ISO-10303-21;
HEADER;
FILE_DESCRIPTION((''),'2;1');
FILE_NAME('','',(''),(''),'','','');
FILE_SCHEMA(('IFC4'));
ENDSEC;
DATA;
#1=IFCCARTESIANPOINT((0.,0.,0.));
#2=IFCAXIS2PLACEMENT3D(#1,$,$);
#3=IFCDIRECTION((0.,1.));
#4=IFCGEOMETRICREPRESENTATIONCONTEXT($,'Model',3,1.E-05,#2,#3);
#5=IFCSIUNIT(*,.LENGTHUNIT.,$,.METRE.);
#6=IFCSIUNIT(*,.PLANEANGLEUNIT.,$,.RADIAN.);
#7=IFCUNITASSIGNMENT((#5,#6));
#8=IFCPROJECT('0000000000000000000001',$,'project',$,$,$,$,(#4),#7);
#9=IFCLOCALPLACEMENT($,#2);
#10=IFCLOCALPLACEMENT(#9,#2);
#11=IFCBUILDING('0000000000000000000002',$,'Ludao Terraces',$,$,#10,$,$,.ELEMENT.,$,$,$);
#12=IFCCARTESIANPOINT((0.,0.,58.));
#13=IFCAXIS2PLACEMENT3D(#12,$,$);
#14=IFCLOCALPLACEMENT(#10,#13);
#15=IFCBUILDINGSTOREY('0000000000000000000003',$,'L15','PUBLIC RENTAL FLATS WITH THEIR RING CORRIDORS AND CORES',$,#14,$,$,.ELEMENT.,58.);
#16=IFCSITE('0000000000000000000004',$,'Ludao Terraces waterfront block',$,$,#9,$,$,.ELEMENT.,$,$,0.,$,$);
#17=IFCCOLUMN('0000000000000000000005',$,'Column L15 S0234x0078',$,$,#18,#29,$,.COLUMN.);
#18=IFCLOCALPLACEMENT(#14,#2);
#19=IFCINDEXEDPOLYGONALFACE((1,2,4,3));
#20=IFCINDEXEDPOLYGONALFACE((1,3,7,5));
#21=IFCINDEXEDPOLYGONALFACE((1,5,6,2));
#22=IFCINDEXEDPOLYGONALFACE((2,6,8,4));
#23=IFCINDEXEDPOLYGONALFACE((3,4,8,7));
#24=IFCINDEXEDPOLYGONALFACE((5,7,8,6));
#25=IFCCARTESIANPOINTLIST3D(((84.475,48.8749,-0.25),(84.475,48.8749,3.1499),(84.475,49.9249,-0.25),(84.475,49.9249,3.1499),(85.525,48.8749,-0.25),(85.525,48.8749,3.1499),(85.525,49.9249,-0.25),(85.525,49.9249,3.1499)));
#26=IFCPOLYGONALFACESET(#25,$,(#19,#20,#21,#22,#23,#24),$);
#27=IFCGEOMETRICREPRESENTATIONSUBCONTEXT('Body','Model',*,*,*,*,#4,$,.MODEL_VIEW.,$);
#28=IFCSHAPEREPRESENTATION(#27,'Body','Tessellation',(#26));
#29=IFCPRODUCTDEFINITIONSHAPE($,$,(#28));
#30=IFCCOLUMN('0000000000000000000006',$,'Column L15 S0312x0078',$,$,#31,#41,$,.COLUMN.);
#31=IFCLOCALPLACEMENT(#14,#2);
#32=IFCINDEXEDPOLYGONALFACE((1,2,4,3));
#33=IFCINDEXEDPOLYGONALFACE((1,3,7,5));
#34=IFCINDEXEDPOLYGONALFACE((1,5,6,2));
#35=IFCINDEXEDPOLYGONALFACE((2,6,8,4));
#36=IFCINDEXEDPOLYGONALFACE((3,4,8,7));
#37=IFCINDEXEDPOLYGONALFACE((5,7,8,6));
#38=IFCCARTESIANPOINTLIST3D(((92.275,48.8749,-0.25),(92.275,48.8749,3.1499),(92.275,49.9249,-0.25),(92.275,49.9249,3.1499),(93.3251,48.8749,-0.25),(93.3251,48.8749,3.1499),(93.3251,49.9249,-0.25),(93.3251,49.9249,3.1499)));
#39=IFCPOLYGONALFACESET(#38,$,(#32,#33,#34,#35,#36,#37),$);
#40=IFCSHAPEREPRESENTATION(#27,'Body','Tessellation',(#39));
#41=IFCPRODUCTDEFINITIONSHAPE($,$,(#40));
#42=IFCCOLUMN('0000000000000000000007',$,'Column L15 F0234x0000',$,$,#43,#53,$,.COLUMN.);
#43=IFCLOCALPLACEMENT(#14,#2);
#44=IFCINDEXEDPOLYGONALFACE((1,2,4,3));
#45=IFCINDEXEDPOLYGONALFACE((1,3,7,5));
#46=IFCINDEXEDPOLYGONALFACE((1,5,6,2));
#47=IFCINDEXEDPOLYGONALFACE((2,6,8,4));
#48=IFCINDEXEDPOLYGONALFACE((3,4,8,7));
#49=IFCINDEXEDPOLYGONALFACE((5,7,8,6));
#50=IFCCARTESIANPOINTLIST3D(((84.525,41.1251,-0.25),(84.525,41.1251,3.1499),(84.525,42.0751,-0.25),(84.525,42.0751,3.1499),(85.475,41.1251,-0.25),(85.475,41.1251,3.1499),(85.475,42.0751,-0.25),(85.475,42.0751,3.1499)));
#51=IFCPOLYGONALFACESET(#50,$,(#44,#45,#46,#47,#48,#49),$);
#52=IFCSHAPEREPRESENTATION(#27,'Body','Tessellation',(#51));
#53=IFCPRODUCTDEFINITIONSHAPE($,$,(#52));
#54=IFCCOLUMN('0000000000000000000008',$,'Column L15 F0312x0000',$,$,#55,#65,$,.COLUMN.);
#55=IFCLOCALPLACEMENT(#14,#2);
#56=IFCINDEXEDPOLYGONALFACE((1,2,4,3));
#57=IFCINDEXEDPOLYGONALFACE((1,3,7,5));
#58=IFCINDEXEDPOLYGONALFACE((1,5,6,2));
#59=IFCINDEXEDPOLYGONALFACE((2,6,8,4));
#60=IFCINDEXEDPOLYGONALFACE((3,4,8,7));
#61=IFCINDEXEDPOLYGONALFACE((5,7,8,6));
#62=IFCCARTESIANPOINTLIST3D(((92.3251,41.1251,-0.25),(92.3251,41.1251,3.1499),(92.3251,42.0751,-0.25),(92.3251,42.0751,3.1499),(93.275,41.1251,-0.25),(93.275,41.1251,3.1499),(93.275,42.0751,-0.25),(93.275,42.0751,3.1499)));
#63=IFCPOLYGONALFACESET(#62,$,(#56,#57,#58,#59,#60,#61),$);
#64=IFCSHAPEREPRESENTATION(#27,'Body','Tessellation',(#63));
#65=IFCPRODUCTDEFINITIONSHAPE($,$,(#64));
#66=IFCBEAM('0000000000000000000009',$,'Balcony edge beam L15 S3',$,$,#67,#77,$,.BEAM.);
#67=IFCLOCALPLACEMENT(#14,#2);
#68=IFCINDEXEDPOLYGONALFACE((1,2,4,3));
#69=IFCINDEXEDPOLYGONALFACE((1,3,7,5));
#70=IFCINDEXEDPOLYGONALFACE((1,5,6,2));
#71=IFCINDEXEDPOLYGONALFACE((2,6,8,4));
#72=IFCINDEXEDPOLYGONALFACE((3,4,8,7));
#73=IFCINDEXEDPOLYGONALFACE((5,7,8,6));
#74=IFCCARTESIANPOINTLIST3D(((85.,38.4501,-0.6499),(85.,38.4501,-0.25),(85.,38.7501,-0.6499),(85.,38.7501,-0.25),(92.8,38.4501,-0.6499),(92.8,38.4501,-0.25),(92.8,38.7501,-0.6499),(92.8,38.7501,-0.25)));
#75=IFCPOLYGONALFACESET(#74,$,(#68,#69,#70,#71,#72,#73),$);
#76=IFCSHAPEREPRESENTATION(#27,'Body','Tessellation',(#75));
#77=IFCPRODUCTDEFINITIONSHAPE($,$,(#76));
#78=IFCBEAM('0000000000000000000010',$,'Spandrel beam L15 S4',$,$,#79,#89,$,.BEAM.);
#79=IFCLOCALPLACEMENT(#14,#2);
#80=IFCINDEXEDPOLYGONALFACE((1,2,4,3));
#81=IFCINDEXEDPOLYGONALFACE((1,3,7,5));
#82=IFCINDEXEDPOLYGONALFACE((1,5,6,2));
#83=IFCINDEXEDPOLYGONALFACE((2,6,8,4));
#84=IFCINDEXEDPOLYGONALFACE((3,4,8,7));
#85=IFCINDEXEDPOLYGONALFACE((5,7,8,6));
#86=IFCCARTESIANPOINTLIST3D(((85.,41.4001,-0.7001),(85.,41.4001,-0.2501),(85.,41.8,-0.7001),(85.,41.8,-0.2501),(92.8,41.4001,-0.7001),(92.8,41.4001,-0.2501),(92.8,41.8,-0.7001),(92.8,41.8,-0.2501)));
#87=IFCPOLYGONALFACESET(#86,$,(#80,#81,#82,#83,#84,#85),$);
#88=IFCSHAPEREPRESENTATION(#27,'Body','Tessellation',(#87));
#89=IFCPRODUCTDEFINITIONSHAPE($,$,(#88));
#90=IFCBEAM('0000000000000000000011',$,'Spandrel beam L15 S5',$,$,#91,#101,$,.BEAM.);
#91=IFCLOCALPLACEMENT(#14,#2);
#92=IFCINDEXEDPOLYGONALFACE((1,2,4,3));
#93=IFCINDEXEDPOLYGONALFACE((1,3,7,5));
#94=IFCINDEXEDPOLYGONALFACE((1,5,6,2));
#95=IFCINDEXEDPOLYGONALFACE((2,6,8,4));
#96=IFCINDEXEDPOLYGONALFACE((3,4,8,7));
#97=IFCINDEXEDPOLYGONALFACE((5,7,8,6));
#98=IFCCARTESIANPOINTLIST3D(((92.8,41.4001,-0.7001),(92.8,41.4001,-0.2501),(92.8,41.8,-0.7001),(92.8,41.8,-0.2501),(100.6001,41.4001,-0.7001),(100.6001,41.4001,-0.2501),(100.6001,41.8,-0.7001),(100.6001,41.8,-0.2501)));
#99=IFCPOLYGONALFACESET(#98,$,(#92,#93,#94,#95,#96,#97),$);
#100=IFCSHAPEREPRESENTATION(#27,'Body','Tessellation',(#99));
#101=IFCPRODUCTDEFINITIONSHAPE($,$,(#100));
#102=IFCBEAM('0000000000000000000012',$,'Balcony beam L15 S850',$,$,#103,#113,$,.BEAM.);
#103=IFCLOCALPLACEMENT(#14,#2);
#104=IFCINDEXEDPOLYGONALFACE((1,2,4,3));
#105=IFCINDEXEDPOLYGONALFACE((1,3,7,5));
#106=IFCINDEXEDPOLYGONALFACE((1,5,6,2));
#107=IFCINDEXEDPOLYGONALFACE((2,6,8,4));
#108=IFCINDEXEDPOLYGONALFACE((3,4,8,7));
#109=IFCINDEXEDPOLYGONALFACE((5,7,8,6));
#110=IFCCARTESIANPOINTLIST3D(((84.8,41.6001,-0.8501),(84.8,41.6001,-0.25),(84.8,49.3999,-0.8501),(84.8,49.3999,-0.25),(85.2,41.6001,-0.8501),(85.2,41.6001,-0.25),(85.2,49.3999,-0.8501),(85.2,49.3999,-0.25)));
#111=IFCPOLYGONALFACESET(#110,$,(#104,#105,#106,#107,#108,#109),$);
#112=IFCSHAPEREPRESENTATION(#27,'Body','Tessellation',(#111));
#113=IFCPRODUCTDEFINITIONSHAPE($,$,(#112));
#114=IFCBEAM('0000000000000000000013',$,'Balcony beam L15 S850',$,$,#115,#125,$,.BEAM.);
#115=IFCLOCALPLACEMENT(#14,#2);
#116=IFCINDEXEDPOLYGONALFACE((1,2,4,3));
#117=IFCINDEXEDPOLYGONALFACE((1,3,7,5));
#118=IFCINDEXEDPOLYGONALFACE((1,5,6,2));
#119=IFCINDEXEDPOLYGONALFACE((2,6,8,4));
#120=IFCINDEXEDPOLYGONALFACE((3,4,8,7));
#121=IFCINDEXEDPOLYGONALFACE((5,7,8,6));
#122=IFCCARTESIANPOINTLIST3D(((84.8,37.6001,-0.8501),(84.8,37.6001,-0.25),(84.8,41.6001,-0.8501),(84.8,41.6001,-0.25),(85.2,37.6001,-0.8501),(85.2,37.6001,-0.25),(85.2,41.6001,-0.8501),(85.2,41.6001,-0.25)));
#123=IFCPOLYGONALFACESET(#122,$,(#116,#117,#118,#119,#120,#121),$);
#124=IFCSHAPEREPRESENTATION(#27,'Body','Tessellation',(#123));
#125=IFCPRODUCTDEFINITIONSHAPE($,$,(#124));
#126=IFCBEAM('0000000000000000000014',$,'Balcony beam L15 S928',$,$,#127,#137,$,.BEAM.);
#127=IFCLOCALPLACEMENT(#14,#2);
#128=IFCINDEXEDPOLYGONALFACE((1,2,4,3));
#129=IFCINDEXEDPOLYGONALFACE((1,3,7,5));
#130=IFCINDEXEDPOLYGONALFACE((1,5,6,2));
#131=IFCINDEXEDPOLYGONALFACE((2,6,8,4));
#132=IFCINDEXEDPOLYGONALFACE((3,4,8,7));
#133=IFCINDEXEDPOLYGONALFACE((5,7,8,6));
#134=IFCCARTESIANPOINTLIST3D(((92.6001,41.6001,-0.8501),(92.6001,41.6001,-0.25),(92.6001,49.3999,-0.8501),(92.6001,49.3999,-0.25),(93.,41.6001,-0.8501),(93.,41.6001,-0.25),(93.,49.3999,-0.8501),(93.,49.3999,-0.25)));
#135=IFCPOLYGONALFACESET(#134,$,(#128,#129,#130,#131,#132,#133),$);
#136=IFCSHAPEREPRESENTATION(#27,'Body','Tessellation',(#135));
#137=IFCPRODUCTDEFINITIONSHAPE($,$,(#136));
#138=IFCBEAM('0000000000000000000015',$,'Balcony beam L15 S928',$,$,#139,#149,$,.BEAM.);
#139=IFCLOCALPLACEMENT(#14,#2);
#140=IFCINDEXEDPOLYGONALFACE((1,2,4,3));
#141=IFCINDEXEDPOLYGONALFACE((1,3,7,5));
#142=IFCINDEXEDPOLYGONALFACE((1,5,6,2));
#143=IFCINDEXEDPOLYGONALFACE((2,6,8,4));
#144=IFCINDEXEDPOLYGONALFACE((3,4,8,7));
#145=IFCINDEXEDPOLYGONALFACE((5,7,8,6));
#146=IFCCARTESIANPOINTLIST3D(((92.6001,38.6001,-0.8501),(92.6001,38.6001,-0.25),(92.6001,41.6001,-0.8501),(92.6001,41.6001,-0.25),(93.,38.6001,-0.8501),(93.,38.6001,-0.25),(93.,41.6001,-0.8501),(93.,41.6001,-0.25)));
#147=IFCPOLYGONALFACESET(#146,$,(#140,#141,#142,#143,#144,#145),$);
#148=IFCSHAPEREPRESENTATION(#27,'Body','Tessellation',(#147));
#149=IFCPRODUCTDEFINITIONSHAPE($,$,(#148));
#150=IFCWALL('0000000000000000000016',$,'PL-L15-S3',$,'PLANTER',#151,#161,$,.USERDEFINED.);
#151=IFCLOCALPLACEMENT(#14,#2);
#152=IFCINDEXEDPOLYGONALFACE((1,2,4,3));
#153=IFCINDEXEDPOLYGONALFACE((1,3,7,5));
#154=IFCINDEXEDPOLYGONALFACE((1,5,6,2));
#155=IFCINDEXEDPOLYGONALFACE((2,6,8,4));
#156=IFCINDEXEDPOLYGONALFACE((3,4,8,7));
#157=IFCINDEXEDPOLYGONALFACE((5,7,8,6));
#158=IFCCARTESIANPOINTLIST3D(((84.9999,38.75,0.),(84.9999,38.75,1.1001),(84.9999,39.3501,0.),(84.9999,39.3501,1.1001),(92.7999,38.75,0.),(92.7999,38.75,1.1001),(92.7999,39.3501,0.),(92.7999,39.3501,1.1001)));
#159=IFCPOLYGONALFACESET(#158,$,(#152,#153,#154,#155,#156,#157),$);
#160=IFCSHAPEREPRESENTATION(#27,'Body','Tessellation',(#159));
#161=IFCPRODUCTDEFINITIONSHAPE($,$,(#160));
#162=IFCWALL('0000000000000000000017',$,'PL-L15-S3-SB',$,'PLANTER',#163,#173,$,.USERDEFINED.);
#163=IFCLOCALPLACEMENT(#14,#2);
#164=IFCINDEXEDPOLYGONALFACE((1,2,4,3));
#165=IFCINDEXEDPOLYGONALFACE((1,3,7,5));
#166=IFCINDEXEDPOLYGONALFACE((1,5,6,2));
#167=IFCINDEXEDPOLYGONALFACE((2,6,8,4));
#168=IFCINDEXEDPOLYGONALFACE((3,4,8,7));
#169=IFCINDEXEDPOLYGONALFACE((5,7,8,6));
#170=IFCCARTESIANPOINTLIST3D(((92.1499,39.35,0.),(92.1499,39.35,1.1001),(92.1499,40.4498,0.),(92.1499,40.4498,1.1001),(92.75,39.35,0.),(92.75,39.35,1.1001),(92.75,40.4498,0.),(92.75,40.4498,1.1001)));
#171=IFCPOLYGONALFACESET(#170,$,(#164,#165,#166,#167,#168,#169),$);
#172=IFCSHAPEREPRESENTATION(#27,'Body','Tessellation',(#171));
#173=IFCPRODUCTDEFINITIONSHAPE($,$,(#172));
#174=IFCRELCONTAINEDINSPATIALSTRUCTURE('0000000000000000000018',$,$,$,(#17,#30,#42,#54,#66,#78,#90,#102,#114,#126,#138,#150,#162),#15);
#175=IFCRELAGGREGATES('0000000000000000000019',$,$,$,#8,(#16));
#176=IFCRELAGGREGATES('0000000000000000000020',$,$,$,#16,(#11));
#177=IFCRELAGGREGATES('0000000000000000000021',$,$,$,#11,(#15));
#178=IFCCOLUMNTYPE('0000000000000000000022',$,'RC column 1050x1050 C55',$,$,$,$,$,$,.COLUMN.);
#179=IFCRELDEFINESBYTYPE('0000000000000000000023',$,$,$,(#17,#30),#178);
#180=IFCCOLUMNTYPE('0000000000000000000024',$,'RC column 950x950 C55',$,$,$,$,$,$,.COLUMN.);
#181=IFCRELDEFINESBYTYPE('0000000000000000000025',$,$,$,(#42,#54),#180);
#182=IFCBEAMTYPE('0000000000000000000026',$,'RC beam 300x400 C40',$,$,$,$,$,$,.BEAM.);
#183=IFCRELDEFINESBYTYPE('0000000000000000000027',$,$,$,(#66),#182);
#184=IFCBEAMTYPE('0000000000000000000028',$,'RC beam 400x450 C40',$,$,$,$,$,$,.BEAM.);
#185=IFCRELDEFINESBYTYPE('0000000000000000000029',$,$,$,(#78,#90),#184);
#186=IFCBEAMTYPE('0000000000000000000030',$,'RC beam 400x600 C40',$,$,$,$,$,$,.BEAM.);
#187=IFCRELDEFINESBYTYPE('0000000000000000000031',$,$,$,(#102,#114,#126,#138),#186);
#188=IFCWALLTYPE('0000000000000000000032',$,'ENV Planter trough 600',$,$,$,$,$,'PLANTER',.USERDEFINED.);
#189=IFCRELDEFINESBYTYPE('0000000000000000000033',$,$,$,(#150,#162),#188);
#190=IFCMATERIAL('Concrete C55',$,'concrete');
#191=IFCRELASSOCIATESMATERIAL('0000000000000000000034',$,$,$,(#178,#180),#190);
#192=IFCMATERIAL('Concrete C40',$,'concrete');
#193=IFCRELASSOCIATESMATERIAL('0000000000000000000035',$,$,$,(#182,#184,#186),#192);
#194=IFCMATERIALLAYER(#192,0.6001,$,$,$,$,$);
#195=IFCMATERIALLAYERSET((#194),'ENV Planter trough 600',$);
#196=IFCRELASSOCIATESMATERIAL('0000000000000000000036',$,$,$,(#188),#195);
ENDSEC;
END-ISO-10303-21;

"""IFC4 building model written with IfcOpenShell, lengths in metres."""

from ifc_helpers import new_model, si_unit, direction, frame, frame_2d, origin, origin_2d, place, context, subcontext, project, spatial, rectangle, extrude, material, layer, layer_set, material_profile, profile_set, type_object, element, save


model = new_model("IFC4")

# Units and contexts
model_context = context("Model", 3, precision=1e-05, world=origin(), true_north=direction((0.0, 1.0)))
body_context = subcontext(model_context, "Body", "Model", "MODEL_VIEW")
ifc_project = project(units=[si_unit("LENGTHUNIT", "METRE"), si_unit("PLANEANGLEUNIT", "RADIAN")], contexts=[model_context])

# Site, building, storey
site_placement = place(None, origin())
site = spatial("IfcSite", under=ifc_project, at=site_placement, Name="Ludao Terraces waterfront block", CompositionType="ELEMENT", RefElevation=0.0)
building_placement = place(site_placement, origin())
building = spatial("IfcBuilding", under=site, at=building_placement, Name="Ludao Terraces", CompositionType="ELEMENT")
storey_placement = place(building_placement, frame((0.0, 0.0, 58.0)))
storey = spatial("IfcBuildingStorey", under=building, at=storey_placement, Name="L15", Description="PUBLIC RENTAL FLATS WITH THEIR RING CORRIDORS AND CORES", CompositionType="ELEMENT", Elevation=58.0)

# Columns
ifc_material_1 = material(Name="Concrete C55", Category="concrete")
ifc_material_profile_1 = material_profile(ifc_material_1, rectangle(XDim=1.05, YDim=1.05, at=origin_2d()), Name="1050 X 1050")
ifc_profile_set_1 = profile_set([ifc_material_profile_1], Name="Concrete C55")
column_type_1 = type_object("IfcColumnType", Name="RC column 1050x1050 C55", PredefinedType="COLUMN", material=ifc_profile_set_1)
for number, where, z_axis, x_axis, name in (
    (1, (85.0, 49.3999, -0.25), (0.0, 0.0, 1.0), (1.0, 0.0, 0.0), "Column L15 S0234x0078"),
    (2, (92.8, 49.3999, -0.25), (0.0, 0.0, 1.0), (1.0, 0.0, 0.0), "Column L15 S0312x0078"),
):
    element("IfcColumn", number, at=place(storey_placement, frame(where, z_axis=z_axis, x_axis=x_axis)), inside=storey, type_object=column_type_1, Name=name, PredefinedType="COLUMN", context=body_context, shape_type="SweptSolid", body=[
        extrude(rectangle(XDim=1.05, YDim=1.05, at=origin_2d()), origin(), (0.0, 0.0, 1.0), 3.3999),
    ])
ifc_material_profile_2 = material_profile(ifc_material_1, rectangle(XDim=0.95, YDim=0.95, at=origin_2d()), Name="950 X 950")
ifc_profile_set_2 = profile_set([ifc_material_profile_2], Name="Concrete C55")
column_type_2 = type_object("IfcColumnType", Name="RC column 950x950 C55", PredefinedType="COLUMN", material=ifc_profile_set_2)
for number, where, z_axis, x_axis, name in (
    (3, (85.0, 41.6001, -0.25), (0.0, 0.0, 1.0), (1.0, 0.0, 0.0), "Column L15 F0234x0000"),
    (4, (92.8, 41.6001, -0.25), (0.0, 0.0, 1.0), (1.0, 0.0, 0.0), "Column L15 F0312x0000"),
):
    element("IfcColumn", number, at=place(storey_placement, frame(where, z_axis=z_axis, x_axis=x_axis)), inside=storey, type_object=column_type_2, Name=name, PredefinedType="COLUMN", context=body_context, shape_type="SweptSolid", body=[
        extrude(rectangle(XDim=0.95, YDim=0.95, at=origin_2d()), origin(), (0.0, 0.0, 1.0), 3.3999),
    ])

# Beams
ifc_material_2 = material(Name="Concrete C40", Category="concrete")
ifc_material_profile_3 = material_profile(ifc_material_2, rectangle(XDim=0.3, YDim=0.3999, at=origin_2d()), Name="300 X 400")
ifc_profile_set_3 = profile_set([ifc_material_profile_3], Name="Concrete C40")
beam_type_1 = type_object("IfcBeamType", Name="RC beam 300x400 C40", PredefinedType="BEAM", material=ifc_profile_set_3)
beam_1_placement = place(storey_placement, frame((85.0, 38.6001, -0.45), z_axis=(1.0, 0.0, 0.0), x_axis=(0.0, 1.0, 0.0)))
element("IfcBeam", 5, at=beam_1_placement, inside=storey, type_object=beam_type_1, Name="Balcony edge beam L15 S3", PredefinedType="BEAM", context=body_context, shape_type="SweptSolid", body=[
    extrude(rectangle(XDim=0.3, YDim=0.3999, at=origin_2d()), origin(), (0.0, 0.0, 1.0), 7.8),
])
ifc_material_profile_4 = material_profile(ifc_material_2, rectangle(XDim=0.3999, YDim=0.45, at=origin_2d()), Name="400 X 450")
ifc_profile_set_4 = profile_set([ifc_material_profile_4], Name="Concrete C40")
beam_type_2 = type_object("IfcBeamType", Name="RC beam 400x450 C40", PredefinedType="BEAM", material=ifc_profile_set_4)
for number, where, z_axis, x_axis, name in (
    (6, (85.0, 41.6001, -0.4751), (1.0, 0.0, 0.0), (0.0, 1.0, 0.0), "Spandrel beam L15 S4"),
    (7, (92.8, 41.6001, -0.4751), (1.0, 0.0, 0.0), (0.0, 1.0, 0.0), "Spandrel beam L15 S5"),
):
    element("IfcBeam", number, at=place(storey_placement, frame(where, z_axis=z_axis, x_axis=x_axis)), inside=storey, type_object=beam_type_2, Name=name, PredefinedType="BEAM", context=body_context, shape_type="SweptSolid", body=[
        extrude(rectangle(XDim=0.3999, YDim=0.45, at=origin_2d()), origin(), (0.0, 0.0, 1.0), 7.8),
    ])
ifc_material_profile_5 = material_profile(ifc_material_2, rectangle(XDim=0.3999, YDim=0.6001, at=origin_2d()), Name="400 X 600")
ifc_profile_set_5 = profile_set([ifc_material_profile_5], Name="Concrete C40")
beam_type_3 = type_object("IfcBeamType", Name="RC beam 400x600 C40", PredefinedType="BEAM", material=ifc_profile_set_5)
beam_2_placement = place(storey_placement, frame((85.0, 49.3999, -0.55), z_axis=(0.0, -1.0, 0.0), x_axis=(1.0, 0.0, 0.0)))
element("IfcBeam", 8, at=beam_2_placement, inside=storey, type_object=beam_type_3, Name="Balcony beam L15 S850", PredefinedType="BEAM", context=body_context, shape_type="SweptSolid", body=[
    extrude(rectangle(XDim=0.3999, YDim=0.6001, at=origin_2d()), origin(), (0.0, 0.0, 1.0), 7.7998),
])
beam_3_placement = place(storey_placement, frame((85.0, 41.6001, -0.55), z_axis=(0.0, -1.0, 0.0), x_axis=(1.0, 0.0, 0.0)))
element("IfcBeam", 9, at=beam_3_placement, inside=storey, type_object=beam_type_3, Name="Balcony beam L15 S850", PredefinedType="BEAM", context=body_context, shape_type="SweptSolid", body=[
    extrude(rectangle(XDim=0.3999, YDim=0.6001, at=origin_2d()), origin(), (0.0, 0.0, 1.0), 4.0),
])
beam_4_placement = place(storey_placement, frame((92.8, 49.3999, -0.55), z_axis=(0.0, -1.0, 0.0), x_axis=(1.0, 0.0, 0.0)))
element("IfcBeam", 10, at=beam_4_placement, inside=storey, type_object=beam_type_3, Name="Balcony beam L15 S928", PredefinedType="BEAM", context=body_context, shape_type="SweptSolid", body=[
    extrude(rectangle(XDim=0.3999, YDim=0.6001, at=origin_2d()), origin(), (0.0, 0.0, 1.0), 7.7998),
])
beam_5_placement = place(storey_placement, frame((92.8, 41.6001, -0.55), z_axis=(0.0, -1.0, 0.0), x_axis=(1.0, 0.0, 0.0)))
element("IfcBeam", 11, at=beam_5_placement, inside=storey, type_object=beam_type_3, Name="Balcony beam L15 S928", PredefinedType="BEAM", context=body_context, shape_type="SweptSolid", body=[
    extrude(rectangle(XDim=0.3999, YDim=0.6001, at=origin_2d()), origin(), (0.0, 0.0, 1.0), 3.0),
])

# Walls
ifc_layer_1 = layer(ifc_material_2, 0.6001)
ifc_layer_set_1 = layer_set([ifc_layer_1], Name="ENV Planter trough 600")
wall_type_1 = type_object("IfcWallType", Name="ENV Planter trough 600", ElementType="PLANTER", PredefinedType="USERDEFINED", material=ifc_layer_set_1)
wall_1_placement = place(storey_placement, frame((85.0, 39.05, 0.0), z_axis=(0.0, 0.0, 1.0), x_axis=(1.0, 0.0, 0.0)))
element("IfcWall", 12, at=wall_1_placement, inside=storey, type_object=wall_type_1, Name="PL-L15-S3", ObjectType="PLANTER", PredefinedType="USERDEFINED", context=body_context, shape_type="SweptSolid", body=[
    extrude(rectangle(XDim=7.8, YDim=0.6001, at=frame_2d((3.8999, 0.0))), origin(), (0.0, 0.0, 1.0), 1.1001),
])
wall_2_placement = place(storey_placement, frame((92.45, 39.3501, 0.0), z_axis=(0.0, 0.0, 1.0), x_axis=(0.0, 1.0, 0.0)))
element("IfcWall", 13, at=wall_2_placement, inside=storey, type_object=wall_type_1, Name="PL-L15-S3-SB", ObjectType="PLANTER", PredefinedType="USERDEFINED", context=body_context, shape_type="SweptSolid", body=[
    extrude(rectangle(XDim=1.0999, YDim=0.6001, at=frame_2d((0.5498, 0.0))), origin(), (0.0, 0.0, 1.0), 1.1001),
])

save(model, "model.ifc")
